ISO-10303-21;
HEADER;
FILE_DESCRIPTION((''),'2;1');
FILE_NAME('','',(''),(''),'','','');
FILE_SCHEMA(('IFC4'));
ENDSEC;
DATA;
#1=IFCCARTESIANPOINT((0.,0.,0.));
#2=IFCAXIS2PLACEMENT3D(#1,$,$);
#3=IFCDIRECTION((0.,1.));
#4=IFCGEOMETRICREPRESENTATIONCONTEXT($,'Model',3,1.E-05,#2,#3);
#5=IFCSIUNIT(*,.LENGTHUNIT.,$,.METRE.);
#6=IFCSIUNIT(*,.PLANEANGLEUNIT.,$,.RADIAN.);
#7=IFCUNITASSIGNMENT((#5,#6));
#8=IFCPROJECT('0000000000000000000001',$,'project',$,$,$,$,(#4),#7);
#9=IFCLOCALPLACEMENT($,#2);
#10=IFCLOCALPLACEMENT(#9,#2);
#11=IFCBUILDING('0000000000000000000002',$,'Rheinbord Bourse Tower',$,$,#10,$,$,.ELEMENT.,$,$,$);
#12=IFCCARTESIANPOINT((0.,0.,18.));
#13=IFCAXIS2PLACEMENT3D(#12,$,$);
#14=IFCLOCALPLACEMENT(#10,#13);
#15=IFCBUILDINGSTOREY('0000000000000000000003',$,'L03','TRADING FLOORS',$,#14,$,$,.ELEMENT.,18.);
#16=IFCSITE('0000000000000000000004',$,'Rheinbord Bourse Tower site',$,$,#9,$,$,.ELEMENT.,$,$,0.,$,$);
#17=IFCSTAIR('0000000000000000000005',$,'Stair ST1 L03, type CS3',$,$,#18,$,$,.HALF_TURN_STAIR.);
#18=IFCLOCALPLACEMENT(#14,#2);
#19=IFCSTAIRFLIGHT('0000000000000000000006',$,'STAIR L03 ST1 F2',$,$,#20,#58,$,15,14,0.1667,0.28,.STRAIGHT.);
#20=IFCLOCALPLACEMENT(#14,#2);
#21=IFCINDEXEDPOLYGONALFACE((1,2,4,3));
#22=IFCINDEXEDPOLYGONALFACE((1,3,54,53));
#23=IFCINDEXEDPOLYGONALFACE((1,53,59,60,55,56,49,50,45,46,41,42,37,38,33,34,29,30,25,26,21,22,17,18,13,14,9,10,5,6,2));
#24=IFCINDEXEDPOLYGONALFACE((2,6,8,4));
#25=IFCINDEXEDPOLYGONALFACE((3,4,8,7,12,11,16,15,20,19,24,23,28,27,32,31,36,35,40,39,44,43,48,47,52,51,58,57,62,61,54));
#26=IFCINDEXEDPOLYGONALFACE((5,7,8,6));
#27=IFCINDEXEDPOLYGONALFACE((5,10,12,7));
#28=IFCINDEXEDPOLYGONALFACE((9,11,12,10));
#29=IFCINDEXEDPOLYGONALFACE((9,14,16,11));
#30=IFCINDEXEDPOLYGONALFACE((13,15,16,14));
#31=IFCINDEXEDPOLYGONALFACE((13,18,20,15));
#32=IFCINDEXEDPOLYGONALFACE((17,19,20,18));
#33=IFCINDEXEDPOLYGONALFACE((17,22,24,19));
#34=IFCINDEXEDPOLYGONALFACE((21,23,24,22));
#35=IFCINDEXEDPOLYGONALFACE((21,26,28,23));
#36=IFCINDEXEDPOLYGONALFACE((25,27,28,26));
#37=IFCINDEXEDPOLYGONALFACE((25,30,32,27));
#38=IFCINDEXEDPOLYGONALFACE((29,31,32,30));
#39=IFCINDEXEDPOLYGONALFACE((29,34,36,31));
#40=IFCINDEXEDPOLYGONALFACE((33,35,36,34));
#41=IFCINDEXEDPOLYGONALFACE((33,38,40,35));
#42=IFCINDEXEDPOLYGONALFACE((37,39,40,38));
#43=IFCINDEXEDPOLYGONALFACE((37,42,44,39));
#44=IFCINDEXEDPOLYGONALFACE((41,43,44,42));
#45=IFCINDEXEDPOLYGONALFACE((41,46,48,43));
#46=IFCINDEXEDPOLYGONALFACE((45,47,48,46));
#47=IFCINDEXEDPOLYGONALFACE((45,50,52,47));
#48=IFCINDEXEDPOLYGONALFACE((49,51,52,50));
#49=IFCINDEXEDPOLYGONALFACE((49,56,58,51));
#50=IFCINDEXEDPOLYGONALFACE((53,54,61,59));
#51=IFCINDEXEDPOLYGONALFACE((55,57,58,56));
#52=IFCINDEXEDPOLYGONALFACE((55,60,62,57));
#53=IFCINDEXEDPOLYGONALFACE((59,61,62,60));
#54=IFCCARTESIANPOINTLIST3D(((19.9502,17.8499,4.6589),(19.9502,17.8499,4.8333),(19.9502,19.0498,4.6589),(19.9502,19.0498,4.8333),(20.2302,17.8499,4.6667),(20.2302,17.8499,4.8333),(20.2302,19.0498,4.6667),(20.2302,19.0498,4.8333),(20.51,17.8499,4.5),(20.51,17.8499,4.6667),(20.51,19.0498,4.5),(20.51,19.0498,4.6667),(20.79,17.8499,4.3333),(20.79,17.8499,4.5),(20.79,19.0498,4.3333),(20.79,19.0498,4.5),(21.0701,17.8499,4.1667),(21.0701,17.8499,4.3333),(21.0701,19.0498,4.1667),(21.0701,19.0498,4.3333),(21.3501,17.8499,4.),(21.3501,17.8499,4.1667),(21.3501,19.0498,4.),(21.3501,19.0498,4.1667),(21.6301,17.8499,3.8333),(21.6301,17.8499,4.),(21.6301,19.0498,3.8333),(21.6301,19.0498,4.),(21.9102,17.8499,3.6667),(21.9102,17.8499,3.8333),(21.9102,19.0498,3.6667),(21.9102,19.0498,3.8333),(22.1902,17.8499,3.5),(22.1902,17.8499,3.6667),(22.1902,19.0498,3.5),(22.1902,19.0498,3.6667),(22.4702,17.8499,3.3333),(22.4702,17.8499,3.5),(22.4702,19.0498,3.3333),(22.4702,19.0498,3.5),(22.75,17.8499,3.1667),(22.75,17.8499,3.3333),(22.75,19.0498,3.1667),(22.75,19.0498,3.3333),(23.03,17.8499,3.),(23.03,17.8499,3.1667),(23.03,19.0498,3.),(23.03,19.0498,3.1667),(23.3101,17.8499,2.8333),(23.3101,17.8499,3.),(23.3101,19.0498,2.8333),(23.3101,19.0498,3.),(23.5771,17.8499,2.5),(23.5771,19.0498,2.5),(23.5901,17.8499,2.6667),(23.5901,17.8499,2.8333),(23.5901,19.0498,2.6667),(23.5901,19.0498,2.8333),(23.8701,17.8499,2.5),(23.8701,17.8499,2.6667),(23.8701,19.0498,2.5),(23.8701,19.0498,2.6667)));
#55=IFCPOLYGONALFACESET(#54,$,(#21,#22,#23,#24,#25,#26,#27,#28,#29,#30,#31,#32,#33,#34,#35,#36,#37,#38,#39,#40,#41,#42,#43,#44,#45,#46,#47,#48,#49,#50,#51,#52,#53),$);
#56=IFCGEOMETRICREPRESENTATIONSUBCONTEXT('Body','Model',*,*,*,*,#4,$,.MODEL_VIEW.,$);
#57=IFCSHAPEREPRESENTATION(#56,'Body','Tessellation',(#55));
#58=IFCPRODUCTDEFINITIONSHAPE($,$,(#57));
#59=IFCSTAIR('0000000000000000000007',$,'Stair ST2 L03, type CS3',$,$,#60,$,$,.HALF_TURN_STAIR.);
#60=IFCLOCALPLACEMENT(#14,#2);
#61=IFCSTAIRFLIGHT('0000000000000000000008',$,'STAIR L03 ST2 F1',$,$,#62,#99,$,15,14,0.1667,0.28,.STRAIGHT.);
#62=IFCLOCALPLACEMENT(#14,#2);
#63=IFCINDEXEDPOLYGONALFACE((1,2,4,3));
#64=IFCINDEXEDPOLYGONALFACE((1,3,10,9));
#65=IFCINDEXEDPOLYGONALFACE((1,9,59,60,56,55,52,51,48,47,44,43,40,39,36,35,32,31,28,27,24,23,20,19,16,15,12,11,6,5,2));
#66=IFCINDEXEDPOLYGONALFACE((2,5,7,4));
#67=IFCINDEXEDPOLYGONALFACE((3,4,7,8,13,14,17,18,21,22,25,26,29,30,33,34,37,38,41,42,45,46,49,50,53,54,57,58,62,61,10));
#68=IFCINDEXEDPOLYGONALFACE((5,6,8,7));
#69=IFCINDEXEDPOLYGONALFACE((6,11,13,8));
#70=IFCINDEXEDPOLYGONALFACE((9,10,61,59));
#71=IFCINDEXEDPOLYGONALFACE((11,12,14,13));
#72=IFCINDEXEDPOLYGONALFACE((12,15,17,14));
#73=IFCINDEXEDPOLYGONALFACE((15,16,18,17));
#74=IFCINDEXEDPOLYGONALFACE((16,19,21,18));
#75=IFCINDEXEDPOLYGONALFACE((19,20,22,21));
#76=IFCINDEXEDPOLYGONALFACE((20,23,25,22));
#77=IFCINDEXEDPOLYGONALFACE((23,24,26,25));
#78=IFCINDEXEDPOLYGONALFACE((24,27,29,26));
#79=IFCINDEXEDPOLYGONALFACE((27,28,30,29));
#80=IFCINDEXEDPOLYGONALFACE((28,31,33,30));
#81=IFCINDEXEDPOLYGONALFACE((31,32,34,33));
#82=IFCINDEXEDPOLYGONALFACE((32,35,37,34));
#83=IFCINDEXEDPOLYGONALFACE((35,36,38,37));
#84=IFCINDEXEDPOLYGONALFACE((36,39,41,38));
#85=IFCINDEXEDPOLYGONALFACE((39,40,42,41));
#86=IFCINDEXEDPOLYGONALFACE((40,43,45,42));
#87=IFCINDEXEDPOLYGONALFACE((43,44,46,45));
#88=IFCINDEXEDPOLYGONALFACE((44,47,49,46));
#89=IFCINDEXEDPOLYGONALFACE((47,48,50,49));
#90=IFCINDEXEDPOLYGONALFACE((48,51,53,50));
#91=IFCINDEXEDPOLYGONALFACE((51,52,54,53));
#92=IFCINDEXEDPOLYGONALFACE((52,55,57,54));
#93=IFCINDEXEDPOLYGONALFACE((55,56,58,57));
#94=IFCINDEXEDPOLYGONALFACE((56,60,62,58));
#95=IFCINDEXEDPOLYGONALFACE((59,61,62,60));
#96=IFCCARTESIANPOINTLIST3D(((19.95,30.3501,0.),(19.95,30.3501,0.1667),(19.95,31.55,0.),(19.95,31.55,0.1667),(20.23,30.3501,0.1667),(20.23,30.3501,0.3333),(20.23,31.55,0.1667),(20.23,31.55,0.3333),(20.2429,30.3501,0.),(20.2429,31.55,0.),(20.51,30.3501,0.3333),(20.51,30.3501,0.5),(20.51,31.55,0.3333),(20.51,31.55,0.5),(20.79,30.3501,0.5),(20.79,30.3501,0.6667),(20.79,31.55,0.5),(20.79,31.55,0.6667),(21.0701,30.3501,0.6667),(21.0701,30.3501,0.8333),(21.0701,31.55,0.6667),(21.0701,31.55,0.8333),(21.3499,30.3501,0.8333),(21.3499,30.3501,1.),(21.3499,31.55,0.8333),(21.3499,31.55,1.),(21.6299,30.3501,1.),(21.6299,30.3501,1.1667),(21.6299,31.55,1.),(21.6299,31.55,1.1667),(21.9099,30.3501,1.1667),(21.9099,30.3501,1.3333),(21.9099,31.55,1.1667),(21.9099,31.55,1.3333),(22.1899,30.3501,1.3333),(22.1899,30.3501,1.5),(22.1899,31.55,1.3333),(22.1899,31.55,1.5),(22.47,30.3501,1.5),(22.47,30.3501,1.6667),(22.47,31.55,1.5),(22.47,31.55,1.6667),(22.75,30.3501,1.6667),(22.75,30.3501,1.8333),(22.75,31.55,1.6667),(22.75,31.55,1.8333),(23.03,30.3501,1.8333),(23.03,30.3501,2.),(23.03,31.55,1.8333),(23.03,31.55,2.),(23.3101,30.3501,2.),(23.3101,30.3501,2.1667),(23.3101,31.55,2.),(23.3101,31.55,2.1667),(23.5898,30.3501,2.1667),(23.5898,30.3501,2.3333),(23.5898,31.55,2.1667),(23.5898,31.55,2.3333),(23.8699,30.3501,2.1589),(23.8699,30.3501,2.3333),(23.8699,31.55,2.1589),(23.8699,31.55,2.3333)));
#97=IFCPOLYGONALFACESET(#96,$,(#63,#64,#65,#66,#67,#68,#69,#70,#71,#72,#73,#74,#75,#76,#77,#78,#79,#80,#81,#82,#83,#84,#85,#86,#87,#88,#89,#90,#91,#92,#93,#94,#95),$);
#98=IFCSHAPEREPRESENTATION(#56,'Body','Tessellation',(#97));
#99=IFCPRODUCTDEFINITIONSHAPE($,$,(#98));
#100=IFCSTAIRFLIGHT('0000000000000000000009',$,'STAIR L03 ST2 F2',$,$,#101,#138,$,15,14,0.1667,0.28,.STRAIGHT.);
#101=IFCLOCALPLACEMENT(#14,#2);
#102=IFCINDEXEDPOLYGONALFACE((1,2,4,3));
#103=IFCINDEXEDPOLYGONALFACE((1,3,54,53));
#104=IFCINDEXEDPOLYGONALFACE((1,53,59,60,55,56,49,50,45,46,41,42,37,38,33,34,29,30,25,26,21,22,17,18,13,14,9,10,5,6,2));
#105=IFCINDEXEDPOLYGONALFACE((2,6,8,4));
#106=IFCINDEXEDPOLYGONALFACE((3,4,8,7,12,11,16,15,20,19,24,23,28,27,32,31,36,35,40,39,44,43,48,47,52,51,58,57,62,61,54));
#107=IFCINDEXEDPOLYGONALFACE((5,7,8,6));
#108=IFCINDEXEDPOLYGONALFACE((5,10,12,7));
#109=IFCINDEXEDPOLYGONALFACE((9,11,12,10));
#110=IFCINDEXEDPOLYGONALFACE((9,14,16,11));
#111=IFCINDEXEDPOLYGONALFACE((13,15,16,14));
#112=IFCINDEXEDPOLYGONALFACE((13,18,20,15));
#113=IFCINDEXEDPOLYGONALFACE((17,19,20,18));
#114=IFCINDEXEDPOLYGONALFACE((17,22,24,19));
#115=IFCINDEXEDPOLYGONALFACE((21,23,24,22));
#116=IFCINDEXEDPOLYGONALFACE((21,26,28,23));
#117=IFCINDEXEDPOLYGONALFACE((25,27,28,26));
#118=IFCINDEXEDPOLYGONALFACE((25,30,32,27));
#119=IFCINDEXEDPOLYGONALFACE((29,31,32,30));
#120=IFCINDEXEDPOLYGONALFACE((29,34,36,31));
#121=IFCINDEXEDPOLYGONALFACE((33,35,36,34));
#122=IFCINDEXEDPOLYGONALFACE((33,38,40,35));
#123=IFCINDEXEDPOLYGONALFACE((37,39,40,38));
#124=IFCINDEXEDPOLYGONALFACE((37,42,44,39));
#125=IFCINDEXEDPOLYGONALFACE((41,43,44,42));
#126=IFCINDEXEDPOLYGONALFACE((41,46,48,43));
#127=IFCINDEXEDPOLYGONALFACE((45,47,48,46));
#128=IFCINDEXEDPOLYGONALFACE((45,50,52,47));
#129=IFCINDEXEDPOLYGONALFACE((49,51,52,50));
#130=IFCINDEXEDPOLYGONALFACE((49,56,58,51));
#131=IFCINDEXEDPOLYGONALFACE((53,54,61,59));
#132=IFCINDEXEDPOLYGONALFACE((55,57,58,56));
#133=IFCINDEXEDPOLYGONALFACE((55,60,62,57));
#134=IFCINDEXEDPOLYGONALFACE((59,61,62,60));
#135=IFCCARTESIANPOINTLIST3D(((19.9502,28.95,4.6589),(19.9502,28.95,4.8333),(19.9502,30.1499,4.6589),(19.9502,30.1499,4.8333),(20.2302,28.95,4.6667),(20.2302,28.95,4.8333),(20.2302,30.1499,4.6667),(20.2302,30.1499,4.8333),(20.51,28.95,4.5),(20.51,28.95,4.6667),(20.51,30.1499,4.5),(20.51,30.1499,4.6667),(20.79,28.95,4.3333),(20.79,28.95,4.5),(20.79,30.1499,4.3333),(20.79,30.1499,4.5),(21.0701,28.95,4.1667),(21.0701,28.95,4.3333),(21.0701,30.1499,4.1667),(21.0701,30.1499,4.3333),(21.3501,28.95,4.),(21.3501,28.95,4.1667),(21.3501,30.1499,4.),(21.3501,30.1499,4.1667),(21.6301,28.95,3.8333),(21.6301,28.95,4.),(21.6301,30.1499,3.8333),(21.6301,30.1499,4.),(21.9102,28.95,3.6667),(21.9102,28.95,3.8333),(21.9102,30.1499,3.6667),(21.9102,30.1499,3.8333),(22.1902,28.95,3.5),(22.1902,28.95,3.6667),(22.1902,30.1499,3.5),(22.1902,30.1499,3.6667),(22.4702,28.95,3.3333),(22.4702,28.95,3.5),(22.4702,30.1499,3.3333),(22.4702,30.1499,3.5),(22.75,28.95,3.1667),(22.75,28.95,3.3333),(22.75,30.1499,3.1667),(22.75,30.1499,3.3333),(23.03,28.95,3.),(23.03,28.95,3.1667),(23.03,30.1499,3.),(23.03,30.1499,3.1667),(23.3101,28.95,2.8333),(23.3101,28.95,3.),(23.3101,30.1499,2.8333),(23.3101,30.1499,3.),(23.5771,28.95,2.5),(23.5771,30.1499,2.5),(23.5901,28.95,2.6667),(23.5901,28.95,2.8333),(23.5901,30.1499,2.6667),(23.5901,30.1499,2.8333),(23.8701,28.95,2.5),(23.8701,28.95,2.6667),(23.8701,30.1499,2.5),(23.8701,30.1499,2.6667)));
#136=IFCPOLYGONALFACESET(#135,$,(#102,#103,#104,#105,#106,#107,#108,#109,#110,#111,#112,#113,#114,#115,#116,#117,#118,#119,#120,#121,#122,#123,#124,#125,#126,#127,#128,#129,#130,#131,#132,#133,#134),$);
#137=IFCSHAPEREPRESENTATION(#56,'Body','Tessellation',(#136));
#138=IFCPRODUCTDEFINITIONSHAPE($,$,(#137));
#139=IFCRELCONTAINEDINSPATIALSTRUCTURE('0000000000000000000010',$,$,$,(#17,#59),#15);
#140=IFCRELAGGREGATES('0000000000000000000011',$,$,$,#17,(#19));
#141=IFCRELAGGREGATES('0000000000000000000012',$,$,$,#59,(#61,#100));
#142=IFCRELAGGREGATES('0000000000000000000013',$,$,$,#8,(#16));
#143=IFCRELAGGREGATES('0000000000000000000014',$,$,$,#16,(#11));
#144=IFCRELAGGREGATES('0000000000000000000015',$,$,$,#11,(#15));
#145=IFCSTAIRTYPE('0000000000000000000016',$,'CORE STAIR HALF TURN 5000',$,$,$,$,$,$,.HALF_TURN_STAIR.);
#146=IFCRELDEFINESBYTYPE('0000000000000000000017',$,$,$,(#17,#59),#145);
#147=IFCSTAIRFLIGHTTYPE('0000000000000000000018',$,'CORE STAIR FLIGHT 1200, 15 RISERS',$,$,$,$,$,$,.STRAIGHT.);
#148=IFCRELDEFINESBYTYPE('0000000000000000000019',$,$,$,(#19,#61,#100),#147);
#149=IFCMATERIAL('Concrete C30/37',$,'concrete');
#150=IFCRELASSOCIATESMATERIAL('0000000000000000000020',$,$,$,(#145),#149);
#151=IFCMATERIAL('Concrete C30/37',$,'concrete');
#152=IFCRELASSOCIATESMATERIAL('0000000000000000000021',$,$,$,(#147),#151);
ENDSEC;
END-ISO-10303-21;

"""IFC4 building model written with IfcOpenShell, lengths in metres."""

from ifc_helpers import new_model, si_unit, direction, frame, origin, place, context, subcontext, project, spatial, polyline, outline, extrude, material, type_object, element, aggregate, save


model = new_model("IFC4")

# Units and contexts
model_context = context("Model", 3, precision=1e-05, world=origin(), true_north=direction((0.0, 1.0)))
body_context = subcontext(model_context, "Body", "Model", "MODEL_VIEW")
ifc_project = project(units=[si_unit("LENGTHUNIT", "METRE"), si_unit("PLANEANGLEUNIT", "RADIAN")], contexts=[model_context])

# Site, building, storey
site_placement = place(None, origin())
site = spatial("IfcSite", under=ifc_project, at=site_placement, Name="Rheinbord Bourse Tower site", CompositionType="ELEMENT", RefElevation=0.0)
building_placement = place(site_placement, origin())
building = spatial("IfcBuilding", under=site, at=building_placement, Name="Rheinbord Bourse Tower", CompositionType="ELEMENT")
storey_placement = place(building_placement, frame((0.0, 0.0, 18.0)))
storey = spatial("IfcBuildingStorey", under=building, at=storey_placement, Name="L03", Description="TRADING FLOORS", CompositionType="ELEMENT", Elevation=18.0)

# Stairs, stair flights
ifc_material_1 = material(Name="Concrete C30/37", Category="concrete")
stair_type = type_object("IfcStairType", Name="CORE STAIR HALF TURN 5000", PredefinedType="HALF_TURN_STAIR", material=ifc_material_1)
stair_1_placement = place(storey_placement, origin())
stair_1 = element("IfcStair", 1, at=stair_1_placement, inside=storey, type_object=stair_type, Name="Stair ST1 L03, type CS3", PredefinedType="HALF_TURN_STAIR")
ifc_material_2 = material(Name="Concrete C30/37", Category="concrete")
stair_flight_type = type_object("IfcStairFlightType", Name="CORE STAIR FLIGHT 1200, 15 RISERS", PredefinedType="STRAIGHT", material=ifc_material_2)
stair_flight_1_placement = place(storey_placement, frame((23.8701, 18.45, 2.5), z_axis=(0.0, 0.0, 1.0), x_axis=(-1.0, 0.0, 0.0)))
stair_flight_1 = element("IfcStairFlight", 2, at=stair_flight_1_placement, type_object=stair_flight_type, Name="STAIR L03 ST1 F2", NumberOfRisers=15, NumberOfTreads=14, PredefinedType="STRAIGHT", RiserHeight=0.1667, TreadLength=0.28, context=body_context, shape_type="SweptSolid", body=[
    extrude(outline(polyline([(0.0, 0.0), (0.0, 0.1667), (0.28, 0.1667), (0.28, 0.3333), (0.5601, 0.3333), (0.5601, 0.5), (0.8401, 0.5), (0.8401, 0.6667), (1.1201, 0.6667), (1.1201, 0.8333), (1.3999, 0.8333), (1.3999, 1.0), (1.6799, 1.0), (1.6799, 1.1667), (1.96, 1.1667), (1.96, 1.3333), (2.24, 1.3333), (2.24, 1.5), (2.52, 1.5), (2.52, 1.6667), (2.8, 1.6667), (2.8, 1.8333), (3.0801, 1.8333), (3.0801, 2.0), (3.3601, 2.0), (3.3601, 2.1667), (3.6399, 2.1667), (3.6399, 2.3333), (3.9199, 2.3333), (3.9199, 2.5), (3.9199, 2.1589), (0.293, 0.0), (0.0, 0.0)])), frame((0.0, 0.6001, 0.0), z_axis=(0.0, -1.0, 0.0), x_axis=(1.0, 0.0, 0.0)), (0.0, 0.0, 1.0), 1.2),
])
aggregate(stair_1, [stair_flight_1])
stair_2_placement = place(storey_placement, origin())
stair_2 = element("IfcStair", 3, at=stair_2_placement, inside=storey, type_object=stair_type, Name="Stair ST2 L03, type CS3", PredefinedType="HALF_TURN_STAIR")
stair_flight_2_placement = place(storey_placement, frame((19.95, 30.95, 0.0), z_axis=(0.0, 0.0, 1.0), x_axis=(1.0, 0.0, 0.0)))
stair_flight_2 = element("IfcStairFlight", 4, at=stair_flight_2_placement, type_object=stair_flight_type, Name="STAIR L03 ST2 F1", NumberOfRisers=15, NumberOfTreads=14, PredefinedType="STRAIGHT", RiserHeight=0.1667, TreadLength=0.28, context=body_context, shape_type="SweptSolid", body=[
    extrude(outline(polyline([(0.0, 0.0), (0.0, 0.1667), (0.28, 0.1667), (0.28, 0.3333), (0.5601, 0.3333), (0.5601, 0.5), (0.8401, 0.5), (0.8401, 0.6667), (1.1201, 0.6667), (1.1201, 0.8333), (1.3999, 0.8333), (1.3999, 1.0), (1.6799, 1.0), (1.6799, 1.1667), (1.96, 1.1667), (1.96, 1.3333), (2.24, 1.3333), (2.24, 1.5), (2.52, 1.5), (2.52, 1.6667), (2.8, 1.6667), (2.8, 1.8333), (3.0801, 1.8333), (3.0801, 2.0), (3.3601, 2.0), (3.3601, 2.1667), (3.6399, 2.1667), (3.6399, 2.3333), (3.9199, 2.3333), (3.9199, 2.5), (3.9199, 2.1589), (0.293, 0.0), (0.0, 0.0)])), frame((0.0, 0.6001, 0.0), z_axis=(0.0, -1.0, 0.0), x_axis=(1.0, 0.0, 0.0)), (0.0, 0.0, 1.0), 1.2),
])
stair_flight_3_placement = place(storey_placement, frame((23.8701, 29.55, 2.5), z_axis=(0.0, 0.0, 1.0), x_axis=(-1.0, 0.0, 0.0)))
stair_flight_3 = element("IfcStairFlight", 5, at=stair_flight_3_placement, type_object=stair_flight_type, Name="STAIR L03 ST2 F2", NumberOfRisers=15, NumberOfTreads=14, PredefinedType="STRAIGHT", RiserHeight=0.1667, TreadLength=0.28, context=body_context, shape_type="SweptSolid", body=[
    extrude(outline(polyline([(0.0, 0.0), (0.0, 0.1667), (0.28, 0.1667), (0.28, 0.3333), (0.5601, 0.3333), (0.5601, 0.5), (0.8401, 0.5), (0.8401, 0.6667), (1.1201, 0.6667), (1.1201, 0.8333), (1.3999, 0.8333), (1.3999, 1.0), (1.6799, 1.0), (1.6799, 1.1667), (1.96, 1.1667), (1.96, 1.3333), (2.24, 1.3333), (2.24, 1.5), (2.52, 1.5), (2.52, 1.6667), (2.8, 1.6667), (2.8, 1.8333), (3.0801, 1.8333), (3.0801, 2.0), (3.3601, 2.0), (3.3601, 2.1667), (3.6399, 2.1667), (3.6399, 2.3333), (3.9199, 2.3333), (3.9199, 2.5), (3.9199, 2.1589), (0.293, 0.0), (0.0, 0.0)])), frame((0.0, 0.6001, 0.0), z_axis=(0.0, -1.0, 0.0), x_axis=(1.0, 0.0, 0.0)), (0.0, 0.0, 1.0), 1.2),
])
aggregate(stair_2, [stair_flight_2, stair_flight_3])

save(model, "model.ifc")
